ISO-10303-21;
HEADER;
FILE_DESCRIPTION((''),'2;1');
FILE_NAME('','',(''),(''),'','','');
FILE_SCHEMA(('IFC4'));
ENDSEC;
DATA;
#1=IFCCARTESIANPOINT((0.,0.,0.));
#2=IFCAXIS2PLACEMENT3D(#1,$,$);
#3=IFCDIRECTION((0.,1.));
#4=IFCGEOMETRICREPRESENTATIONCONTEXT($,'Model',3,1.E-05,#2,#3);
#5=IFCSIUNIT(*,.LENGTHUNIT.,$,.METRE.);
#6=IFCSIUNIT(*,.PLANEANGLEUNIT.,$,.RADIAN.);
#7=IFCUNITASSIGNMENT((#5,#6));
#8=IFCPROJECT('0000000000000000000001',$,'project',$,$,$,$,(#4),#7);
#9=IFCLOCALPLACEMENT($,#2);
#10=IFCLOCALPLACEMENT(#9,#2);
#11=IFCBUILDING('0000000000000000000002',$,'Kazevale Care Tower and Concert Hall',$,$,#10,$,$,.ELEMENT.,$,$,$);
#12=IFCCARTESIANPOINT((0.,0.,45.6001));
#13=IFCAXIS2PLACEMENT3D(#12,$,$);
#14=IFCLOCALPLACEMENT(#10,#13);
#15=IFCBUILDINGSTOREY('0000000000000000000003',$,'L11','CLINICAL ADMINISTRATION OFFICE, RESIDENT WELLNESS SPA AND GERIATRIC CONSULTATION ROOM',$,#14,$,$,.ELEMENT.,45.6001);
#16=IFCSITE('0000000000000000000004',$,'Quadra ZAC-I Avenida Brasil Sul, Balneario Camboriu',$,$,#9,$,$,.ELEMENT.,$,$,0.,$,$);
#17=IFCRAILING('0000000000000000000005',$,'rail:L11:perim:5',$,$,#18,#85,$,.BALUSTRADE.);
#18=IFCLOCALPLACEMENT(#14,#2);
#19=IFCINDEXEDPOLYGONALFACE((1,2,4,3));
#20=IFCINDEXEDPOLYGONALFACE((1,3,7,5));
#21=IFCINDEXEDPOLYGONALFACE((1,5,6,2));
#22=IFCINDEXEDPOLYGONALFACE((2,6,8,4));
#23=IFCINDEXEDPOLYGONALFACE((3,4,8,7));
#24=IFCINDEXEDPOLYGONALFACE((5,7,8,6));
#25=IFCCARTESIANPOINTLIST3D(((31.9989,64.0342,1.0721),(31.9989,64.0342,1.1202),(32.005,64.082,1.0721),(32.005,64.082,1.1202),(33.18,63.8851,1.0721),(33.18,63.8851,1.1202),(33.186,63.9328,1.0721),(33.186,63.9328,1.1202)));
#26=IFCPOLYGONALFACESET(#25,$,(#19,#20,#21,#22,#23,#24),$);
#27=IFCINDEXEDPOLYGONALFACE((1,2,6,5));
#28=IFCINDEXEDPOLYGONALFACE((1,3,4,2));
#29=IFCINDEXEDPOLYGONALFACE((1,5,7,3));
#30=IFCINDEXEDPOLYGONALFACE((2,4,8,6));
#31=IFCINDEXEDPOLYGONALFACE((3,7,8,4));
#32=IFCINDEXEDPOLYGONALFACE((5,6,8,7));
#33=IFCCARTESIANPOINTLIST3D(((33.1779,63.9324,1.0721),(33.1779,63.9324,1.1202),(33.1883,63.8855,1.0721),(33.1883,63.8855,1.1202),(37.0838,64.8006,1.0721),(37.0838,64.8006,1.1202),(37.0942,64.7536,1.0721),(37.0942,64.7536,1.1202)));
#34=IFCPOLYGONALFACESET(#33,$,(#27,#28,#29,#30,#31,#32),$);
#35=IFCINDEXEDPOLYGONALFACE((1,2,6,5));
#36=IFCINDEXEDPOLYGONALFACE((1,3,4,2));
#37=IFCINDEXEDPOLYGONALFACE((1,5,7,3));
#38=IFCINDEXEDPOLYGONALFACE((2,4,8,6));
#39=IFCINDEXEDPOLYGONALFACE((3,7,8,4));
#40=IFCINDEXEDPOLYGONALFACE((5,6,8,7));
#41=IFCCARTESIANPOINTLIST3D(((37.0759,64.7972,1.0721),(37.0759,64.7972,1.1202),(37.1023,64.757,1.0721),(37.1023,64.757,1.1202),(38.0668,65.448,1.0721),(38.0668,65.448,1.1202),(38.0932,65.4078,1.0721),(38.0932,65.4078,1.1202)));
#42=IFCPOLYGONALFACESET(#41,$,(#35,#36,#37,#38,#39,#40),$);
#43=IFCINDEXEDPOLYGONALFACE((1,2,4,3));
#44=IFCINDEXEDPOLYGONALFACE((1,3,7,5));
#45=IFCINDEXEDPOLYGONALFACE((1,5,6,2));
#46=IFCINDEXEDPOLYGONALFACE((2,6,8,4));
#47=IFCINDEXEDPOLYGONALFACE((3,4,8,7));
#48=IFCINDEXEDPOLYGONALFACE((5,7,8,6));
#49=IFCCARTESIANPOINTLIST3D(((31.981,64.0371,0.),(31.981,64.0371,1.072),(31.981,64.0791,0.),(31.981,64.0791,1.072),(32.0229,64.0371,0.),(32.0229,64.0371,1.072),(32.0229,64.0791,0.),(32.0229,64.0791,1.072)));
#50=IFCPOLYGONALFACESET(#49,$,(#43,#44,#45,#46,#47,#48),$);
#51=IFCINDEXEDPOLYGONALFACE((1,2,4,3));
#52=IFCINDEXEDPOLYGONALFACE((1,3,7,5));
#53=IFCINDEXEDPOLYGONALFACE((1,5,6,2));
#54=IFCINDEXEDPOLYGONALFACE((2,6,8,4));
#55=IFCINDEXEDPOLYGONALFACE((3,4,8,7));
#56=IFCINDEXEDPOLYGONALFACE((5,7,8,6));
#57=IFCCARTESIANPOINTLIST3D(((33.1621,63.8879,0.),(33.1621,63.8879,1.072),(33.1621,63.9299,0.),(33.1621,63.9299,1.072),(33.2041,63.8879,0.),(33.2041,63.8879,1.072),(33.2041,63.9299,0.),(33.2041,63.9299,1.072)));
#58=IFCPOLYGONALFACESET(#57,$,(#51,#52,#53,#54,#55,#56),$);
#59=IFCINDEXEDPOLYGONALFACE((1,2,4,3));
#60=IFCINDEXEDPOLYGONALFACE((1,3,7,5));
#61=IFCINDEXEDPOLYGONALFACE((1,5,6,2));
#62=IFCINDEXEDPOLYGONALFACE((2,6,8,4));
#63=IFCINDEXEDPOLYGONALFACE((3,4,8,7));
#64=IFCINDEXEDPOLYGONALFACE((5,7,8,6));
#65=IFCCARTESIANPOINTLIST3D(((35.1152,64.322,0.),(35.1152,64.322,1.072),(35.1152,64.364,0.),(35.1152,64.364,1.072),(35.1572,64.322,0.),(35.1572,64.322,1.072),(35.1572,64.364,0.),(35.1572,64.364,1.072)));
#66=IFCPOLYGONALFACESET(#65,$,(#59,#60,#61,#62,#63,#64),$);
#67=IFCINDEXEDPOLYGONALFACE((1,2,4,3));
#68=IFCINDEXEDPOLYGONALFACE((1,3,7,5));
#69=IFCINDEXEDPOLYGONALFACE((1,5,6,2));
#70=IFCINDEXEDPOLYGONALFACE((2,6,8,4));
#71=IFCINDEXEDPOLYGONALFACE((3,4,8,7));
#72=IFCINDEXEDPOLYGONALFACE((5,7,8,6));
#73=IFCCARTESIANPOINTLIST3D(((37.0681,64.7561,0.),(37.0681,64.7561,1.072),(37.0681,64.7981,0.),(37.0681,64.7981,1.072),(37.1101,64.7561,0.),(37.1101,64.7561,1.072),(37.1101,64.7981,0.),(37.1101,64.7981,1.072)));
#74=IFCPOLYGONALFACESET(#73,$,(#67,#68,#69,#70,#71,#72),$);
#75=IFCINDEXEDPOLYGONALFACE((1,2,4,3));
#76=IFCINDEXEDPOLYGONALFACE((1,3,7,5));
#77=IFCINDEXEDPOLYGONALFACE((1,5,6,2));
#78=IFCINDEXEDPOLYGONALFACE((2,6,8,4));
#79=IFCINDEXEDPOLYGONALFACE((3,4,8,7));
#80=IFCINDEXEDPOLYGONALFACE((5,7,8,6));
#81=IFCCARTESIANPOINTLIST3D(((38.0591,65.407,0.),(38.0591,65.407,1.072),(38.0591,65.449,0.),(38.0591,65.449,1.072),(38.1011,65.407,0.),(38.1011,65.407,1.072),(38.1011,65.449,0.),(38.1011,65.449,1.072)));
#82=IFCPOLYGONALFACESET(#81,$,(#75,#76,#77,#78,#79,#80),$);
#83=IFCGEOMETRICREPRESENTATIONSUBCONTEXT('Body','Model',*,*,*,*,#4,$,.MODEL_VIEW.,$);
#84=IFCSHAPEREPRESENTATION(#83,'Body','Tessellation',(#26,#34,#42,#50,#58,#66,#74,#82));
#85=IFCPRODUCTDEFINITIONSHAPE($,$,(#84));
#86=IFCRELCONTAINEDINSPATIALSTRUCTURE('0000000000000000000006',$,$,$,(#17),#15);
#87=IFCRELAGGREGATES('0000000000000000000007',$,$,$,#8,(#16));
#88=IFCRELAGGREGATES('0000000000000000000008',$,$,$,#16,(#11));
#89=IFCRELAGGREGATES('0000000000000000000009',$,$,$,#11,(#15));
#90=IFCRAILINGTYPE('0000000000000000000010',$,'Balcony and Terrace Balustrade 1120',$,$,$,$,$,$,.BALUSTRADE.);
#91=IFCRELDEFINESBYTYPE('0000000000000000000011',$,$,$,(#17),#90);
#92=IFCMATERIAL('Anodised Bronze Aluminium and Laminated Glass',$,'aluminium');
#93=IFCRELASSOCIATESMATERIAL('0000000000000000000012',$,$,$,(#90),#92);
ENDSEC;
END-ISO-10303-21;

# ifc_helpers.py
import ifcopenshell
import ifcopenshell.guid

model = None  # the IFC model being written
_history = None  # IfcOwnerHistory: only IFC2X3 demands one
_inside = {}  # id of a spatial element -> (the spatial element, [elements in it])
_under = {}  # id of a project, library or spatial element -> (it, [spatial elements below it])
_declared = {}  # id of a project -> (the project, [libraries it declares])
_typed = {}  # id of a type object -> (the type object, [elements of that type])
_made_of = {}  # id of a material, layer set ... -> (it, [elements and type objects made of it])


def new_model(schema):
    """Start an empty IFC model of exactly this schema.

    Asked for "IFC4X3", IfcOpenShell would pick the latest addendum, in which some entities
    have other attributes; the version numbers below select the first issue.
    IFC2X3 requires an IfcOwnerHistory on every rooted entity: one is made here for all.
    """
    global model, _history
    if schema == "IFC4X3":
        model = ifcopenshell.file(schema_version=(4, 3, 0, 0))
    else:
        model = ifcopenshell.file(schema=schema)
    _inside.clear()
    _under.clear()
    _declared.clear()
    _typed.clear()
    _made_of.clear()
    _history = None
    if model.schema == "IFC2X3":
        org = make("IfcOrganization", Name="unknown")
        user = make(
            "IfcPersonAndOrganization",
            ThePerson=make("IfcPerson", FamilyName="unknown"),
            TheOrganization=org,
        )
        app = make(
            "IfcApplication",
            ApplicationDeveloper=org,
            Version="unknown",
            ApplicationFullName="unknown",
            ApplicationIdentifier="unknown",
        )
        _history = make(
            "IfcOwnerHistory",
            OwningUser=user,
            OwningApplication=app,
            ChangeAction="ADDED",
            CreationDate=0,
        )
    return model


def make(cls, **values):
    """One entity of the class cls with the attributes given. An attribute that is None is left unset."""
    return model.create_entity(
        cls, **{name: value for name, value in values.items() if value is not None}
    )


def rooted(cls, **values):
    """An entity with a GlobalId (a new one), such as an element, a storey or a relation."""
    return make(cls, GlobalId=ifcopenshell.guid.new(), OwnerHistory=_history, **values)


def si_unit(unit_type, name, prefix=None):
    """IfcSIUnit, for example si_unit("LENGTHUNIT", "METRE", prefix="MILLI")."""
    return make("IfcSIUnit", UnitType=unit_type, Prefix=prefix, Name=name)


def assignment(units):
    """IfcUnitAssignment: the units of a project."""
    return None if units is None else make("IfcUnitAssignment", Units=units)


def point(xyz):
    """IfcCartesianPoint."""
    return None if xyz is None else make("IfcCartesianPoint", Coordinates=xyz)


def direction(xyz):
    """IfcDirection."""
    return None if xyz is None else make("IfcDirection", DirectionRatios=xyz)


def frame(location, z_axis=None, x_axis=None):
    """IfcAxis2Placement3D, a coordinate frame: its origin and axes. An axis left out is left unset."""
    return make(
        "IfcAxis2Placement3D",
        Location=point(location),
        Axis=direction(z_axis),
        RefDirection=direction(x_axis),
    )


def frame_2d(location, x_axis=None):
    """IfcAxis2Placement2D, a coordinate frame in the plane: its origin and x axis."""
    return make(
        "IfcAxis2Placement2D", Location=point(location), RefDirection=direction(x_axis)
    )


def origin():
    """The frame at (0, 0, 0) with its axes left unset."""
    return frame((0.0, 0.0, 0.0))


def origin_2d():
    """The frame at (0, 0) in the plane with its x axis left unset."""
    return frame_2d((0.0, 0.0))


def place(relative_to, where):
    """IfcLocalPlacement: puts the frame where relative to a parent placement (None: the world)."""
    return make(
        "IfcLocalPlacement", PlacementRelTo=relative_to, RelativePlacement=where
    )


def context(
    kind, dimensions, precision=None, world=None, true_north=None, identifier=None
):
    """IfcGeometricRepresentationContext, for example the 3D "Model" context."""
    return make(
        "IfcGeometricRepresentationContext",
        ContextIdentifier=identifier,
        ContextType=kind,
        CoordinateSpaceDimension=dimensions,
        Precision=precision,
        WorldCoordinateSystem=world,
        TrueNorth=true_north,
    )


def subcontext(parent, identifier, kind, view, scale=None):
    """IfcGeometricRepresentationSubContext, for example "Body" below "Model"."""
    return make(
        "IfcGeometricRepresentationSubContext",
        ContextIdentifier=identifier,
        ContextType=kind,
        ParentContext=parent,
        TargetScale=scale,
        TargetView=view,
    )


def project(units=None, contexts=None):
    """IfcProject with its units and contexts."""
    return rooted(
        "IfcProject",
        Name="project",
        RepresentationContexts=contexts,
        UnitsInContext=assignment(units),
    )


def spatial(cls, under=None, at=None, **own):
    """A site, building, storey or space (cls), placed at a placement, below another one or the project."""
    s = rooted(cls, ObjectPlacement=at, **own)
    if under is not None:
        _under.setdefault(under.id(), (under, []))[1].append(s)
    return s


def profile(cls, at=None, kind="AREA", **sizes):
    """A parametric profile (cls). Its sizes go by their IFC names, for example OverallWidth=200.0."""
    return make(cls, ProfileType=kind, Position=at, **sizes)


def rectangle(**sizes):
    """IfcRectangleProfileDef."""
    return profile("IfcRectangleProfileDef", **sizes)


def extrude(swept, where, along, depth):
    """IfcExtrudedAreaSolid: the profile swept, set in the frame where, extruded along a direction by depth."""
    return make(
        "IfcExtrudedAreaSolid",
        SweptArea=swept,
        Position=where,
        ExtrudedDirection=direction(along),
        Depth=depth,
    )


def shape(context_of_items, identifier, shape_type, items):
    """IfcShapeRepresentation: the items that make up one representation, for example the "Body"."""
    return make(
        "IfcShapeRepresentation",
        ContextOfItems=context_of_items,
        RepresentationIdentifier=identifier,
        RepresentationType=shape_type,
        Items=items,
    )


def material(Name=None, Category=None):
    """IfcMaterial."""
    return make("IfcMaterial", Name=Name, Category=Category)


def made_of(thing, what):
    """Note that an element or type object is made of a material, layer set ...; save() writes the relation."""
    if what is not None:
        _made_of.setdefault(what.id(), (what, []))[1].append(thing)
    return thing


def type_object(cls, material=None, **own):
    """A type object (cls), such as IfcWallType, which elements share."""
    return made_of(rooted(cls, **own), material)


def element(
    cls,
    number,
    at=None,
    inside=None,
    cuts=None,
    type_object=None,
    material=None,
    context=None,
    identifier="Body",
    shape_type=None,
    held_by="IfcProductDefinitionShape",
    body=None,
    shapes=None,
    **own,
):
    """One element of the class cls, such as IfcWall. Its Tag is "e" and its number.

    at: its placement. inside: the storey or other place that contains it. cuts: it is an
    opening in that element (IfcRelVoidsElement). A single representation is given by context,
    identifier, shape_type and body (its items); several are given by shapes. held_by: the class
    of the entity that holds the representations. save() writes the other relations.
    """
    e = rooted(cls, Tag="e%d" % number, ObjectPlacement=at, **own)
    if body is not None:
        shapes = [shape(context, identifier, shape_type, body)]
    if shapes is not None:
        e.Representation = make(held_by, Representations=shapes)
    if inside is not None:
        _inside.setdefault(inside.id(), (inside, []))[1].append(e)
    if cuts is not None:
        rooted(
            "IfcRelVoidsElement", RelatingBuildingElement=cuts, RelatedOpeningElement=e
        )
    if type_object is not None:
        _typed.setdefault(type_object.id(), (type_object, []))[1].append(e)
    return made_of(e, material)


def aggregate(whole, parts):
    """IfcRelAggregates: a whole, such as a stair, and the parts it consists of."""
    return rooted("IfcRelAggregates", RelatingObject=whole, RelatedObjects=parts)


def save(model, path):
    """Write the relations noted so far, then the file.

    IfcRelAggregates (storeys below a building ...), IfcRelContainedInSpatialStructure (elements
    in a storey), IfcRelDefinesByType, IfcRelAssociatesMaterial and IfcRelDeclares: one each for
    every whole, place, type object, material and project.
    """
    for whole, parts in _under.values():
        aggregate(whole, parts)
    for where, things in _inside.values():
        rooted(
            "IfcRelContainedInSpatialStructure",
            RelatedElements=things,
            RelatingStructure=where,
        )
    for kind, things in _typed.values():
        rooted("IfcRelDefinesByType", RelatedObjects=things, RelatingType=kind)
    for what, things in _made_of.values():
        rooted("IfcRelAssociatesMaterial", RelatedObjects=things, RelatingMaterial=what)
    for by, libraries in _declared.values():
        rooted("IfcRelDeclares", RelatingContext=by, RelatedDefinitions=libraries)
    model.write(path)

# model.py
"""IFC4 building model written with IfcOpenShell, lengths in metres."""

from ifc_helpers import new_model, si_unit, direction, frame, origin, origin_2d, place, context, subcontext, project, spatial, rectangle, extrude, material, type_object, element, save


model = new_model("IFC4")

# Units and contexts
model_context = context("Model", 3, precision=1e-05, world=origin(), true_north=direction((0.0, 1.0)))
body_context = subcontext(model_context, "Body", "Model", "MODEL_VIEW")
ifc_project = project(units=[si_unit("LENGTHUNIT", "METRE"), si_unit("PLANEANGLEUNIT", "RADIAN")], contexts=[model_context])

# Site, building, storey
site_placement = place(None, origin())
site = spatial("IfcSite", under=ifc_project, at=site_placement, Name="Quadra ZAC-I Avenida Brasil Sul, Balneario Camboriu", CompositionType="ELEMENT", RefElevation=0.0)
building_placement = place(site_placement, origin())
building = spatial("IfcBuilding", under=site, at=building_placement, Name="Kazevale Care Tower and Concert Hall", CompositionType="ELEMENT")
storey_placement = place(building_placement, frame((0.0, 0.0, 45.6001)))
storey = spatial("IfcBuildingStorey", under=building, at=storey_placement, Name="L11", Description="CLINICAL ADMINISTRATION OFFICE, RESIDENT WELLNESS SPA AND GERIATRIC CONSULTATION ROOM", CompositionType="ELEMENT", Elevation=45.6001)

# Railing
ifc_material_1 = material(Name="Anodised Bronze Aluminium and Laminated Glass", Category="aluminium")
railing_type = type_object("IfcRailingType", Name="Balcony and Terrace Balustrade 1120", PredefinedType="BALUSTRADE", material=ifc_material_1)
railing_1_placement = place(storey_placement, frame((32.002, 64.0581, 0.0)))
element("IfcRailing", 1, at=railing_1_placement, inside=storey, type_object=railing_type, Name="rail:L11:perim:5", PredefinedType="BALUSTRADE", context=body_context, shape_type="SweptSolid", body=[
    extrude(rectangle(XDim=0.0481, YDim=0.0481, at=origin_2d()), frame((0.0, 0.0, 1.0962), z_axis=(0.992119, -0.125297, 0.0), x_axis=(0.125297, 0.992119, 0.0)), (0.0, 0.0, 1.0), 1.1904),
    extrude(rectangle(XDim=0.0481, YDim=0.0481, at=origin_2d()), frame((1.1812, -0.1492, 1.0962), z_axis=(0.976178, 0.216969, 0.0), x_axis=(-0.216969, 0.976178, 0.0)), (0.0, 0.0, 1.0), 4.0012),
    extrude(rectangle(XDim=0.0481, YDim=0.0481, at=origin_2d()), frame((5.0872, 0.719, 1.0962), z_axis=(0.835832, 0.548985, 0.0), x_axis=(-0.548985, 0.835832, 0.0)), (0.0, 0.0, 1.0), 1.1855),
    extrude(rectangle(XDim=0.042, YDim=0.042, at=origin_2d()), origin(), (0.0, 0.0, 1.0), 1.072),
    extrude(rectangle(XDim=0.042, YDim=0.042, at=origin_2d()), frame((1.1812, -0.1492, 0.0)), (0.0, 0.0, 1.0), 1.072),
    extrude(rectangle(XDim=0.042, YDim=0.042, at=origin_2d()), frame((3.1343, 0.2849, 0.0)), (0.0, 0.0, 1.0), 1.072),
    extrude(rectangle(XDim=0.042, YDim=0.042, at=origin_2d()), frame((5.0872, 0.719, 0.0)), (0.0, 0.0, 1.0), 1.072),
    extrude(rectangle(XDim=0.042, YDim=0.042, at=origin_2d()), frame((6.0781, 1.3699, 0.0)), (0.0, 0.0, 1.0), 1.072),
])

save(model, "model.ifc")
